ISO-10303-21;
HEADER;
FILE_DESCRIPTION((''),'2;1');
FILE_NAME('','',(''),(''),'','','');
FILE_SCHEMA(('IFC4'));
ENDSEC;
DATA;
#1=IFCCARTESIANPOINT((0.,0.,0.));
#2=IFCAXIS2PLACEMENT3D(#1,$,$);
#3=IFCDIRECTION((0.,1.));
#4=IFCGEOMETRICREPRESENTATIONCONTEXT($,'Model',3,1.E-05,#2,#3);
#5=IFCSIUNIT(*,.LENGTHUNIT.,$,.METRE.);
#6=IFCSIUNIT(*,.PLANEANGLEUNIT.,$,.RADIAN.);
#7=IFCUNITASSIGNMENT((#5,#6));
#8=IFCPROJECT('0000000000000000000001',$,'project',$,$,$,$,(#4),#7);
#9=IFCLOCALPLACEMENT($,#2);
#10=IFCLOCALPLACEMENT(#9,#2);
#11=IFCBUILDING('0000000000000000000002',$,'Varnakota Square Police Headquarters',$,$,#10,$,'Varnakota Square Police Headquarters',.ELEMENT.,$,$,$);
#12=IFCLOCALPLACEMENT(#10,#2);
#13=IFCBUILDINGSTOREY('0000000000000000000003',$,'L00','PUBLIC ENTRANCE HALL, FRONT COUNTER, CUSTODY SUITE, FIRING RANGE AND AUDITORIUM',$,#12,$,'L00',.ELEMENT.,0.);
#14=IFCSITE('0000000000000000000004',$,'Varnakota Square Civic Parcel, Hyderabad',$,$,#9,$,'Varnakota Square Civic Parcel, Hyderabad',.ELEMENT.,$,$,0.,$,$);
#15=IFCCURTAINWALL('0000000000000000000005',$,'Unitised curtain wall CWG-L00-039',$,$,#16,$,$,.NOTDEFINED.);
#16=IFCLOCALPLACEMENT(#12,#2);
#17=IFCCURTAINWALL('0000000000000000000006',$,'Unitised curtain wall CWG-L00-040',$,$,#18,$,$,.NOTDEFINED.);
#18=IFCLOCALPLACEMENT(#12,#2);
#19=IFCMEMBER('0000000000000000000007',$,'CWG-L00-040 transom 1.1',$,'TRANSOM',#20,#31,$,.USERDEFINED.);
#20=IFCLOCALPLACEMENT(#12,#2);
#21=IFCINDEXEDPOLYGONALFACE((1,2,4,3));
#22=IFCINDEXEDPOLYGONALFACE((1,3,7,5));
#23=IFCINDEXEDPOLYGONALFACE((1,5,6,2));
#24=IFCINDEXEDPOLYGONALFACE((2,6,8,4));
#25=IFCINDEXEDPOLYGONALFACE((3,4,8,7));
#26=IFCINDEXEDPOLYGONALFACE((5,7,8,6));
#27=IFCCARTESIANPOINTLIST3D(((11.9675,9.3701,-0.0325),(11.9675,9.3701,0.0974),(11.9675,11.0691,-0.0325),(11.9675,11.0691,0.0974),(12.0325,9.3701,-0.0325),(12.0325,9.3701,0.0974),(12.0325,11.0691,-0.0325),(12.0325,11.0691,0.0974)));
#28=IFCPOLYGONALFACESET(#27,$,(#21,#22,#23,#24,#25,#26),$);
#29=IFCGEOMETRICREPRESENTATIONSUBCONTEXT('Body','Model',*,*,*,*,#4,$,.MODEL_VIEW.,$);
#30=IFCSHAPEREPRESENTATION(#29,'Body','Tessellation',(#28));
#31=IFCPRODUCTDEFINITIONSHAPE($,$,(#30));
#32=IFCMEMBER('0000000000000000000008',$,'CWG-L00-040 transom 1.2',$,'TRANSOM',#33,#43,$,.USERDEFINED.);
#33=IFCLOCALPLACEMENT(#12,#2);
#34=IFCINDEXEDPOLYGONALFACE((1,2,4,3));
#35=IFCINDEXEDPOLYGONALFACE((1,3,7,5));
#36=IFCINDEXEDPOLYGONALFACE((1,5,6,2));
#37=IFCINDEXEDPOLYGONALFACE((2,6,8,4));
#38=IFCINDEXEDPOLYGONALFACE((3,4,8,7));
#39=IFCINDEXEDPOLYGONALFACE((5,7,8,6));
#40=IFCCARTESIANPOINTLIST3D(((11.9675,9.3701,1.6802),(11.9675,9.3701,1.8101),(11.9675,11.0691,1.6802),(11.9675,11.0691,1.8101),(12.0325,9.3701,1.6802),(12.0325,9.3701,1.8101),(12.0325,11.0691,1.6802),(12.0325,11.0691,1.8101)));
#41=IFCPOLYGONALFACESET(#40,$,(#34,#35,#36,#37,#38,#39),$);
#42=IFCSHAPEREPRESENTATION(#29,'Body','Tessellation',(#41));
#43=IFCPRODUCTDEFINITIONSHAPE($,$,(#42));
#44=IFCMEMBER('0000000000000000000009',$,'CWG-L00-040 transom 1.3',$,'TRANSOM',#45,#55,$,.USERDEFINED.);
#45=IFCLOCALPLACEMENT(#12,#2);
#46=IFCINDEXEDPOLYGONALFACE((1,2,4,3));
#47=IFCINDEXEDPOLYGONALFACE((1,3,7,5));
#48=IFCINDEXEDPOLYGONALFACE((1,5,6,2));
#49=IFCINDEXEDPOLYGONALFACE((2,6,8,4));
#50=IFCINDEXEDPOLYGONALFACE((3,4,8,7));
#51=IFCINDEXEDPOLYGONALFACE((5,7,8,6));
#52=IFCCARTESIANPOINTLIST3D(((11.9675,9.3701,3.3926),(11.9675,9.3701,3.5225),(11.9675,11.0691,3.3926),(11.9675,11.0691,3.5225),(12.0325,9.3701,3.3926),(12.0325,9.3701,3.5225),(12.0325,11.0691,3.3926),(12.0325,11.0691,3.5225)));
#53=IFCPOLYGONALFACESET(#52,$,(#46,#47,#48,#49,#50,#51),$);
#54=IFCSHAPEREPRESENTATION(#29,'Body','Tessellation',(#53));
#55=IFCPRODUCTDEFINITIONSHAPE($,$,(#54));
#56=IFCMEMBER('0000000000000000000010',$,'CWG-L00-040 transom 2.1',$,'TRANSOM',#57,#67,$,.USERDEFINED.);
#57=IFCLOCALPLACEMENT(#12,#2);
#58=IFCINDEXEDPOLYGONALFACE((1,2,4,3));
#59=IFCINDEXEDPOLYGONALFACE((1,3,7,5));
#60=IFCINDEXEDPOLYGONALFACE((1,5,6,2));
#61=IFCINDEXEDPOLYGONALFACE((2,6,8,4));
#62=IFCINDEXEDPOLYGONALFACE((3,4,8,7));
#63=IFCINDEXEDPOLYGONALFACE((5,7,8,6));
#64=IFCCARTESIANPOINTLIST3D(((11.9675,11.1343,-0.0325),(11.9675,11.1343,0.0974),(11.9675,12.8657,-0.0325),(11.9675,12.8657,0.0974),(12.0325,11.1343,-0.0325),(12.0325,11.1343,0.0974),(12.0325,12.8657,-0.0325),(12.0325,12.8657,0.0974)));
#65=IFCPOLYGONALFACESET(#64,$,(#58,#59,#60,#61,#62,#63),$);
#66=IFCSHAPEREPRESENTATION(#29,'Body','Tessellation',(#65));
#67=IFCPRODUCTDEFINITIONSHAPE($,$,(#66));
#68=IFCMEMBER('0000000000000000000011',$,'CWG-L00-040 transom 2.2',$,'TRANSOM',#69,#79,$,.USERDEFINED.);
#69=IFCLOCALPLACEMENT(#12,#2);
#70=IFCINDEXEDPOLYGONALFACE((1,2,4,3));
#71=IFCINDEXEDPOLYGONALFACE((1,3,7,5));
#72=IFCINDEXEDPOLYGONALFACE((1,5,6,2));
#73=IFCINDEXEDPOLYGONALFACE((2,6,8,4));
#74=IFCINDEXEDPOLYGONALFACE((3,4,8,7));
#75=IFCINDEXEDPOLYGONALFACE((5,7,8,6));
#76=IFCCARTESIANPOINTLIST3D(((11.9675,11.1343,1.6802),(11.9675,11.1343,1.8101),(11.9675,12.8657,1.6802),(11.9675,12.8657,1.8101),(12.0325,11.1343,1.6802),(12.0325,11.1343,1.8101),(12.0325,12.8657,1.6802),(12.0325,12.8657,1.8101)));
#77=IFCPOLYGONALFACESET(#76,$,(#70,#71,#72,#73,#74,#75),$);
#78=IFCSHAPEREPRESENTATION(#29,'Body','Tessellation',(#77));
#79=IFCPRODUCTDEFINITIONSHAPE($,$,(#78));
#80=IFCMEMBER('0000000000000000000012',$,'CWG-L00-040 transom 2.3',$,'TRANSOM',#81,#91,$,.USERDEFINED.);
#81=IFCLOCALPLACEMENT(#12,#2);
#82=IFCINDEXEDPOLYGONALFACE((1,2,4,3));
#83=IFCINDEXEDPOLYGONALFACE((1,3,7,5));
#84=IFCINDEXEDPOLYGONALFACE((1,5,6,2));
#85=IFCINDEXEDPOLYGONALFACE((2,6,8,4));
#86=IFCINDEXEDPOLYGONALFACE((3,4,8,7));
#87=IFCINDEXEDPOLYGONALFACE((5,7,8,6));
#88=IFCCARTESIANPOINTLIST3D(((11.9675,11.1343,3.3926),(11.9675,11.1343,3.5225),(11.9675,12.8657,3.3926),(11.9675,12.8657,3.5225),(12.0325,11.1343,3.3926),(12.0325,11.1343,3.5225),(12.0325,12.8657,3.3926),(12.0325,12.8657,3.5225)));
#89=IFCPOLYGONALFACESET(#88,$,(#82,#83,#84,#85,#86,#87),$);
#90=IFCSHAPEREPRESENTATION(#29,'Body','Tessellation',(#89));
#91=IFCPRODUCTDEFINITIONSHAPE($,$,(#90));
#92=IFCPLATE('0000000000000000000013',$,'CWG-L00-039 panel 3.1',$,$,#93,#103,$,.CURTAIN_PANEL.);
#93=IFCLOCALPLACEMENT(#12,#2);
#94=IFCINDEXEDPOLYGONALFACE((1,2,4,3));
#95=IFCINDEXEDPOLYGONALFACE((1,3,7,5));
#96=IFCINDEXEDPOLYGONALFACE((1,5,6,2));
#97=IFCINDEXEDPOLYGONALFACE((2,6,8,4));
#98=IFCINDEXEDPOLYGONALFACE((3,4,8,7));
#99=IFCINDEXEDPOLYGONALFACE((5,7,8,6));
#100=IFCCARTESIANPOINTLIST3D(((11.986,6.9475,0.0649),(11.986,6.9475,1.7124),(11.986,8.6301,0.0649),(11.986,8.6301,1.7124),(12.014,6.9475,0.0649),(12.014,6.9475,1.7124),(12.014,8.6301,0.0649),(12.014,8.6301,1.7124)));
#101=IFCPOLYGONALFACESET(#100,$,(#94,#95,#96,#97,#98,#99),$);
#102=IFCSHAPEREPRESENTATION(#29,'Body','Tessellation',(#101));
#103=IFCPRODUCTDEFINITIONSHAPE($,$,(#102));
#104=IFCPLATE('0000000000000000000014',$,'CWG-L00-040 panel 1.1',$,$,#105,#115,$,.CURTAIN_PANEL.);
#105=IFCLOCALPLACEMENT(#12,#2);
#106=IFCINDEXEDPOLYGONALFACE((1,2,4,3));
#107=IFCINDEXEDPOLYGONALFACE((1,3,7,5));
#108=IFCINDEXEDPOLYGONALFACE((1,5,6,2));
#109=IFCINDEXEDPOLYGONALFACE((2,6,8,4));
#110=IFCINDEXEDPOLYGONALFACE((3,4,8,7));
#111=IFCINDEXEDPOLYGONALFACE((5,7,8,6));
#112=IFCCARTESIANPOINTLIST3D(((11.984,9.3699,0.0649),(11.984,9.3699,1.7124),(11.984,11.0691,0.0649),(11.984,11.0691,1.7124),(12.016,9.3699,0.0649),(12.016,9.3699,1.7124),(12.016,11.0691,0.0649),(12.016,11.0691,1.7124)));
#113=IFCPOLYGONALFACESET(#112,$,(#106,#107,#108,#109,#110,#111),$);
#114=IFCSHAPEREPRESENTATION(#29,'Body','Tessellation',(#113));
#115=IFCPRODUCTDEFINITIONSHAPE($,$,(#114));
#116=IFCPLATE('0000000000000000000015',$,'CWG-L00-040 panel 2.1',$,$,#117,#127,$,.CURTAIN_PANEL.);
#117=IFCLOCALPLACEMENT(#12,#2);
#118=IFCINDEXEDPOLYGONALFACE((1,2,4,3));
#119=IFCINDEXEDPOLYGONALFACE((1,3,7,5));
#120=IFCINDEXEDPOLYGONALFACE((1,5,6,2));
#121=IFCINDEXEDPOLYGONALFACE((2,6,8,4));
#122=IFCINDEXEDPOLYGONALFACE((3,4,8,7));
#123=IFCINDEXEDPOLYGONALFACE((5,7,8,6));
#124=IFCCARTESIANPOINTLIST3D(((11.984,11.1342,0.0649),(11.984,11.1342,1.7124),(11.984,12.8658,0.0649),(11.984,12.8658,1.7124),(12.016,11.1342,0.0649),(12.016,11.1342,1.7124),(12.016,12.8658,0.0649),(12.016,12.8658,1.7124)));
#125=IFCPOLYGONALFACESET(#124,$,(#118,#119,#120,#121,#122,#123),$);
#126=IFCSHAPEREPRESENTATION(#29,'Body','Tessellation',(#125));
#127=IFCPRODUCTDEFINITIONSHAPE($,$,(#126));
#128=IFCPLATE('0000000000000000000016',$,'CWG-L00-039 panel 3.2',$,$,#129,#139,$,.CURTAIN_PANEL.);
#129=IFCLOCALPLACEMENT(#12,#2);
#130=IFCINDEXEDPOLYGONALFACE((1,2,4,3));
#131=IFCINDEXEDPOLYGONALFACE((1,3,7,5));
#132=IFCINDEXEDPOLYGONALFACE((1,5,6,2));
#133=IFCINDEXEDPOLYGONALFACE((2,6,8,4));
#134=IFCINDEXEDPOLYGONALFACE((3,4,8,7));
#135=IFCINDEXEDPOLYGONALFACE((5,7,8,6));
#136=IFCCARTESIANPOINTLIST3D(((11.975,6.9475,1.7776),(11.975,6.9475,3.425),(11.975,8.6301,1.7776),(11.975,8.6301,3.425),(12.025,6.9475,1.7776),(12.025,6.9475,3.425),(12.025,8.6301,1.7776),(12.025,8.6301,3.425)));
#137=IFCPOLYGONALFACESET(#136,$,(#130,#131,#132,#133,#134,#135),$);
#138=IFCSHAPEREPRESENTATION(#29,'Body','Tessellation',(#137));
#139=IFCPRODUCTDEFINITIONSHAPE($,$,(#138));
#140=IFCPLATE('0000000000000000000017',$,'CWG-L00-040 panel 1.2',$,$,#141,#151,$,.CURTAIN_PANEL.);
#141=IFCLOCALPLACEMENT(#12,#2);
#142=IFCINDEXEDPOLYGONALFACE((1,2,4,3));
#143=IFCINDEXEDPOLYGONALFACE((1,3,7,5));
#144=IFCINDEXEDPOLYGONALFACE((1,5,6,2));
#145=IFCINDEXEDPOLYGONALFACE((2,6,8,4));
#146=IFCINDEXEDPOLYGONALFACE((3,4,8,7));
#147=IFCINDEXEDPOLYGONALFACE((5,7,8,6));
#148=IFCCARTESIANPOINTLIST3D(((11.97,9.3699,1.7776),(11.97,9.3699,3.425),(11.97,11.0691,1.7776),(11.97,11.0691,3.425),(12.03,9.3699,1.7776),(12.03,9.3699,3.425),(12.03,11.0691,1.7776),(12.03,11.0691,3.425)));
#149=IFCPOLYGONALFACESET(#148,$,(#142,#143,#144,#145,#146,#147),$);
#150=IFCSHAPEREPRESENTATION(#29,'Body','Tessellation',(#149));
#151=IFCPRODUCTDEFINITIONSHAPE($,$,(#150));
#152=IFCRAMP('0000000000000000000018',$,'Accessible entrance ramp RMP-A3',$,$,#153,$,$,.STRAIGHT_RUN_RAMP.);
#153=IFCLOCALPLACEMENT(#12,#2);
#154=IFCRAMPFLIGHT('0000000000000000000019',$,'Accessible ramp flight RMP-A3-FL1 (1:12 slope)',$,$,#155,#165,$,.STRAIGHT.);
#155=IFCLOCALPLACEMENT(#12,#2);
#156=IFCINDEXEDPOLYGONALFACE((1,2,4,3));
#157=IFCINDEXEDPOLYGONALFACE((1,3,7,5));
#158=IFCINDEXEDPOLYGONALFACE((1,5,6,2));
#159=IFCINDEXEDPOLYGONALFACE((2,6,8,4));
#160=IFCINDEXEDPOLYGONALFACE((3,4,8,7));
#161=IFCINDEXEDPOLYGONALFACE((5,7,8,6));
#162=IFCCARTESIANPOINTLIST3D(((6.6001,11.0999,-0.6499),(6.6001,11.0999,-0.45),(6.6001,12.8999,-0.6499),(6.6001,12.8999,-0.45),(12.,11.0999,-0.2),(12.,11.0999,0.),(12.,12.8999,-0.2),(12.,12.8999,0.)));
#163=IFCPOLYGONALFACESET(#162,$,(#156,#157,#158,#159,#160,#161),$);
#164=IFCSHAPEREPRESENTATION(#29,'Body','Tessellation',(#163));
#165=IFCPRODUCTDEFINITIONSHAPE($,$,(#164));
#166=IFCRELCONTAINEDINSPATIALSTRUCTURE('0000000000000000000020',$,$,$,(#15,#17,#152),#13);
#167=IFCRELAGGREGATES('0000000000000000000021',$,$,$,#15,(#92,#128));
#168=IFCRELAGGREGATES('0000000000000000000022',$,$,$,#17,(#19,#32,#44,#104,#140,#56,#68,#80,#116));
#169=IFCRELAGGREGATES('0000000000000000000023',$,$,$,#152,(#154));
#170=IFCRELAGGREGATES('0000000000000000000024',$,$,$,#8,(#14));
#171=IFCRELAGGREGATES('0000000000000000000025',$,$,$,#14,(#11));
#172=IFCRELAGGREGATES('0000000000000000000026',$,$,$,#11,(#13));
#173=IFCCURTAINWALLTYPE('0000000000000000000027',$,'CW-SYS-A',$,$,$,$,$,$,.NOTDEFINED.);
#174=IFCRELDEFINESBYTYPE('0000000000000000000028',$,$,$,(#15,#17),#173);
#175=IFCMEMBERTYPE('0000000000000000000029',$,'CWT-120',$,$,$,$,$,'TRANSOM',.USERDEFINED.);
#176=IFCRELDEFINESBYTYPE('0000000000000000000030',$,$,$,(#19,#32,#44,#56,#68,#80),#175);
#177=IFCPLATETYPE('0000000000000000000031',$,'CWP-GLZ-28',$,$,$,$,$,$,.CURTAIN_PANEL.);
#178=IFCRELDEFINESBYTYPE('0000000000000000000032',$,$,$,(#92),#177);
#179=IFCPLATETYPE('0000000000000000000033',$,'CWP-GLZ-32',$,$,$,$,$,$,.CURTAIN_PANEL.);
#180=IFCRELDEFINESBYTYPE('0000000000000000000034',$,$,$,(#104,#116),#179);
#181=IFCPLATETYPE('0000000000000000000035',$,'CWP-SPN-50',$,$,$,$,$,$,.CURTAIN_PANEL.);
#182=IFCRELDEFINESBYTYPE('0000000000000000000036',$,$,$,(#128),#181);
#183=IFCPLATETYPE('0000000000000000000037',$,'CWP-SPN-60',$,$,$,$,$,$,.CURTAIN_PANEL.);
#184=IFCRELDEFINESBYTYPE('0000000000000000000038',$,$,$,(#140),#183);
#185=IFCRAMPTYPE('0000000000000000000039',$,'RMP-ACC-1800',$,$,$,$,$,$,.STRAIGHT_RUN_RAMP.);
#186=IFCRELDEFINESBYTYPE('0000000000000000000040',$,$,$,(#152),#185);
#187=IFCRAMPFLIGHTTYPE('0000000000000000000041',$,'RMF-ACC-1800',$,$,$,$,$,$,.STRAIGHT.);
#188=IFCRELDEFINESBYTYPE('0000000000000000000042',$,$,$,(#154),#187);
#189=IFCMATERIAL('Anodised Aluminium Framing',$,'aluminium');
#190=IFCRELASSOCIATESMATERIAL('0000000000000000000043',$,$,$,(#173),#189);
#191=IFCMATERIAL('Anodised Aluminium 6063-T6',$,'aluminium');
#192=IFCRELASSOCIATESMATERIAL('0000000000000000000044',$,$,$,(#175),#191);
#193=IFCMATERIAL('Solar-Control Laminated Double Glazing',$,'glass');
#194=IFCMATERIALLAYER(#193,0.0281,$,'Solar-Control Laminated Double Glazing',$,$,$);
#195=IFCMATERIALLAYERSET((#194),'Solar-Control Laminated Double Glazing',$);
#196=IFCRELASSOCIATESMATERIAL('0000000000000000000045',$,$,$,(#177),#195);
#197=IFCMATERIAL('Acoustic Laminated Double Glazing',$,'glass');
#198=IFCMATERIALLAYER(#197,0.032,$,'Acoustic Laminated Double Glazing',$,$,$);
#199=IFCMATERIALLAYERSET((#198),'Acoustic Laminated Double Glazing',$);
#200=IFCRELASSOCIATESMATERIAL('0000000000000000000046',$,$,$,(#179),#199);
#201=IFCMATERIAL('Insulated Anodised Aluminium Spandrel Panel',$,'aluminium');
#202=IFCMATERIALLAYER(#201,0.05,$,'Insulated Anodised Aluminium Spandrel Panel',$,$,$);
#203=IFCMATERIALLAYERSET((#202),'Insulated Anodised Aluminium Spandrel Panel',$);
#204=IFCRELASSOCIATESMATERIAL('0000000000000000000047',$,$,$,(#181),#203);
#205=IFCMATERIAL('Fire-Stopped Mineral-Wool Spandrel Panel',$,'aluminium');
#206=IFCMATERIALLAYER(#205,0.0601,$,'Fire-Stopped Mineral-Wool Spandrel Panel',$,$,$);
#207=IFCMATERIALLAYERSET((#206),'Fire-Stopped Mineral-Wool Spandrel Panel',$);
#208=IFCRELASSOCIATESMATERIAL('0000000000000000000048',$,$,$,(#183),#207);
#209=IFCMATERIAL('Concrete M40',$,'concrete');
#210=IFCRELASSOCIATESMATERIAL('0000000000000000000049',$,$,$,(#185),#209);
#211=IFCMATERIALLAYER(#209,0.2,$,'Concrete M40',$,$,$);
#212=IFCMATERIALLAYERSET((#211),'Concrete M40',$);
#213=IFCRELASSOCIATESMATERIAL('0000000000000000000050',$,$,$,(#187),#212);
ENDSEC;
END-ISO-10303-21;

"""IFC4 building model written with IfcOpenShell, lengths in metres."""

from ifc_helpers import new_model, si_unit, direction, frame, origin, origin_2d, place, context, subcontext, project, spatial, polyline, rectangle, outline, extrude, material, layer, layer_set, material_profile, profile_set, type_object, element, aggregate, save


model = new_model("IFC4")

# Units and contexts
model_context = context("Model", 3, precision=1e-05, world=origin(), true_north=direction((0.0, 1.0)))
body_context = subcontext(model_context, "Body", "Model", "MODEL_VIEW")
ifc_project = project(units=[si_unit("LENGTHUNIT", "METRE"), si_unit("PLANEANGLEUNIT", "RADIAN")], contexts=[model_context])

# Site, building, storey
site_placement = place(None, origin())
site = spatial("IfcSite", under=ifc_project, at=site_placement, Name="Varnakota Square Civic Parcel, Hyderabad", LongName="Varnakota Square Civic Parcel, Hyderabad", CompositionType="ELEMENT", RefElevation=0.0)
building_placement = place(site_placement, origin())
building = spatial("IfcBuilding", under=site, at=building_placement, Name="Varnakota Square Police Headquarters", LongName="Varnakota Square Police Headquarters", CompositionType="ELEMENT")
storey_placement = place(building_placement, origin())
storey = spatial("IfcBuildingStorey", under=building, at=storey_placement, Name="L00", Description="PUBLIC ENTRANCE HALL, FRONT COUNTER, CUSTODY SUITE, FIRING RANGE AND AUDITORIUM", LongName="L00", CompositionType="ELEMENT", Elevation=0.0)

# Shared definitions
ifc_material_1 = material(Name="Concrete M40", Category="concrete")

# Curtain wall
ifc_material_2 = material(Name="Anodised Aluminium Framing", Category="aluminium")
curtain_wall_type = type_object("IfcCurtainWallType", Name="CW-SYS-A", PredefinedType="NOTDEFINED", material=ifc_material_2)
curtain_wall_1_placement = place(storey_placement, origin())
curtain_wall_1 = element("IfcCurtainWall", 1, at=curtain_wall_1_placement, inside=storey, type_object=curtain_wall_type, Name="Unitised curtain wall CWG-L00-039", PredefinedType="NOTDEFINED")
ifc_material_3 = material(Name="Anodised Aluminium 6063-T6", Category="aluminium")

# Curtain wall, members
curtain_wall_2_placement = place(storey_placement, origin())
curtain_wall_2 = element("IfcCurtainWall", 2, at=curtain_wall_2_placement, inside=storey, type_object=curtain_wall_type, Name="Unitised curtain wall CWG-L00-040", PredefinedType="NOTDEFINED")
ifc_material_profile_1 = material_profile(ifc_material_3, rectangle(XDim=0.0649, YDim=0.1299, at=origin_2d()), Name="ALU TRANSOM 65x130")
ifc_profile_set_1 = profile_set([ifc_material_profile_1], Name="Anodised Aluminium 6063-T6")
member_type_1 = type_object("IfcMemberType", Name="CWT-120", ElementType="TRANSOM", PredefinedType="USERDEFINED", material=ifc_profile_set_1)
member_1_placement = place(storey_placement, frame((12.0, 9.3701, 0.0325), z_axis=(0.0, 1.0, 0.0), x_axis=(-1.0, 0.0, 0.0)))
member_1 = element("IfcMember", 3, at=member_1_placement, type_object=member_type_1, Name="CWG-L00-040 transom 1.1", ObjectType="TRANSOM", PredefinedType="USERDEFINED", context=body_context, shape_type="SweptSolid", body=[
    extrude(rectangle(XDim=0.0649, YDim=0.1299, at=origin_2d()), origin(), (0.0, 0.0, 1.0), 1.699),
])
member_2_placement = place(storey_placement, frame((12.0, 9.3701, 1.7451), z_axis=(0.0, 1.0, 0.0), x_axis=(-1.0, 0.0, 0.0)))
member_2 = element("IfcMember", 4, at=member_2_placement, type_object=member_type_1, Name="CWG-L00-040 transom 1.2", ObjectType="TRANSOM", PredefinedType="USERDEFINED", context=body_context, shape_type="SweptSolid", body=[
    extrude(rectangle(XDim=0.0649, YDim=0.1299, at=origin_2d()), origin(), (0.0, 0.0, 1.0), 1.699),
])
member_3_placement = place(storey_placement, frame((12.0, 9.3701, 3.4575), z_axis=(0.0, 1.0, 0.0), x_axis=(-1.0, 0.0, 0.0)))
member_3 = element("IfcMember", 5, at=member_3_placement, type_object=member_type_1, Name="CWG-L00-040 transom 1.3", ObjectType="TRANSOM", PredefinedType="USERDEFINED", context=body_context, shape_type="SweptSolid", body=[
    extrude(rectangle(XDim=0.0649, YDim=0.1299, at=origin_2d()), origin(), (0.0, 0.0, 1.0), 1.699),
])
member_4_placement = place(storey_placement, frame((12.0, 11.1343, 0.0325), z_axis=(0.0, 1.0, 0.0), x_axis=(-1.0, 0.0, 0.0)))
member_4 = element("IfcMember", 6, at=member_4_placement, type_object=member_type_1, Name="CWG-L00-040 transom 2.1", ObjectType="TRANSOM", PredefinedType="USERDEFINED", context=body_context, shape_type="SweptSolid", body=[
    extrude(rectangle(XDim=0.0649, YDim=0.1299, at=origin_2d()), origin(), (0.0, 0.0, 1.0), 1.7314),
])
member_5_placement = place(storey_placement, frame((12.0, 11.1343, 1.7451), z_axis=(0.0, 1.0, 0.0), x_axis=(-1.0, 0.0, 0.0)))
member_5 = element("IfcMember", 7, at=member_5_placement, type_object=member_type_1, Name="CWG-L00-040 transom 2.2", ObjectType="TRANSOM", PredefinedType="USERDEFINED", context=body_context, shape_type="SweptSolid", body=[
    extrude(rectangle(XDim=0.0649, YDim=0.1299, at=origin_2d()), origin(), (0.0, 0.0, 1.0), 1.7314),
])
member_6_placement = place(storey_placement, frame((12.0, 11.1343, 3.4575), z_axis=(0.0, 1.0, 0.0), x_axis=(-1.0, 0.0, 0.0)))
member_6 = element("IfcMember", 8, at=member_6_placement, type_object=member_type_1, Name="CWG-L00-040 transom 2.3", ObjectType="TRANSOM", PredefinedType="USERDEFINED", context=body_context, shape_type="SweptSolid", body=[
    extrude(rectangle(XDim=0.0649, YDim=0.1299, at=origin_2d()), origin(), (0.0, 0.0, 1.0), 1.7314),
])

# Plates
ifc_material_4 = material(Name="Solar-Control Laminated Double Glazing", Category="glass")
ifc_layer_1 = layer(ifc_material_4, 0.0281, Name="Solar-Control Laminated Double Glazing")
ifc_layer_set_1 = layer_set([ifc_layer_1], Name="Solar-Control Laminated Double Glazing")
plate_type_1 = type_object("IfcPlateType", Name="CWP-GLZ-28", PredefinedType="CURTAIN_PANEL", material=ifc_layer_set_1)
plate_1_placement = place(storey_placement, frame((12.0, 7.7888, 0.0649), z_axis=(0.0, 0.0, 1.0), x_axis=(0.0, 1.0, 0.0)))
plate_1 = element("IfcPlate", 9, at=plate_1_placement, type_object=plate_type_1, Name="CWG-L00-039 panel 3.1", PredefinedType="CURTAIN_PANEL", context=body_context, shape_type="SweptSolid", body=[
    extrude(rectangle(XDim=1.6826, YDim=0.0281, at=origin_2d()), origin(), (0.0, 0.0, 1.0), 1.6475),
])
ifc_material_5 = material(Name="Acoustic Laminated Double Glazing", Category="glass")
ifc_layer_2 = layer(ifc_material_5, 0.032, Name="Acoustic Laminated Double Glazing")
ifc_layer_set_2 = layer_set([ifc_layer_2], Name="Acoustic Laminated Double Glazing")
plate_type_2 = type_object("IfcPlateType", Name="CWP-GLZ-32", PredefinedType="CURTAIN_PANEL", material=ifc_layer_set_2)
plate_2_placement = place(storey_placement, frame((12.0, 10.2195, 0.0649), z_axis=(0.0, 0.0, 1.0), x_axis=(0.0, 1.0, 0.0)))
plate_2 = element("IfcPlate", 10, at=plate_2_placement, type_object=plate_type_2, Name="CWG-L00-040 panel 1.1", PredefinedType="CURTAIN_PANEL", context=body_context, shape_type="SweptSolid", body=[
    extrude(rectangle(XDim=1.6992, YDim=0.032, at=origin_2d()), origin(), (0.0, 0.0, 1.0), 1.6475),
])
plate_3_placement = place(storey_placement, frame((12.0, 12.0, 0.0649), z_axis=(0.0, 0.0, 1.0), x_axis=(0.0, 1.0, 0.0)))
plate_3 = element("IfcPlate", 11, at=plate_3_placement, type_object=plate_type_2, Name="CWG-L00-040 panel 2.1", PredefinedType="CURTAIN_PANEL", context=body_context, shape_type="SweptSolid", body=[
    extrude(rectangle(XDim=1.7317, YDim=0.032, at=origin_2d()), origin(), (0.0, 0.0, 1.0), 1.6475),
])
ifc_material_6 = material(Name="Insulated Anodised Aluminium Spandrel Panel", Category="aluminium")
ifc_layer_3 = layer(ifc_material_6, 0.05, Name="Insulated Anodised Aluminium Spandrel Panel")
ifc_layer_set_3 = layer_set([ifc_layer_3], Name="Insulated Anodised Aluminium Spandrel Panel")
plate_type_3 = type_object("IfcPlateType", Name="CWP-SPN-50", PredefinedType="CURTAIN_PANEL", material=ifc_layer_set_3)
plate_4_placement = place(storey_placement, frame((12.0, 7.7888, 1.7776), z_axis=(0.0, 0.0, 1.0), x_axis=(0.0, 1.0, 0.0)))
plate_4 = element("IfcPlate", 12, at=plate_4_placement, type_object=plate_type_3, Name="CWG-L00-039 panel 3.2", PredefinedType="CURTAIN_PANEL", context=body_context, shape_type="SweptSolid", body=[
    extrude(rectangle(XDim=1.6826, YDim=0.05, at=origin_2d()), origin(), (0.0, 0.0, 1.0), 1.6475),
])
aggregate(curtain_wall_1, [plate_1, plate_4])
ifc_material_7 = material(Name="Fire-Stopped Mineral-Wool Spandrel Panel", Category="aluminium")
ifc_layer_4 = layer(ifc_material_7, 0.0601, Name="Fire-Stopped Mineral-Wool Spandrel Panel")
ifc_layer_set_4 = layer_set([ifc_layer_4], Name="Fire-Stopped Mineral-Wool Spandrel Panel")
plate_type_4 = type_object("IfcPlateType", Name="CWP-SPN-60", PredefinedType="CURTAIN_PANEL", material=ifc_layer_set_4)
plate_5_placement = place(storey_placement, frame((12.0, 10.2195, 1.7776), z_axis=(0.0, 0.0, 1.0), x_axis=(0.0, 1.0, 0.0)))
plate_5 = element("IfcPlate", 13, at=plate_5_placement, type_object=plate_type_4, Name="CWG-L00-040 panel 1.2", PredefinedType="CURTAIN_PANEL", context=body_context, shape_type="SweptSolid", body=[
    extrude(rectangle(XDim=1.6992, YDim=0.0601, at=origin_2d()), origin(), (0.0, 0.0, 1.0), 1.6475),
])
aggregate(curtain_wall_2, [member_1, member_2, member_3, plate_2, plate_5, member_4, member_5, member_6, plate_3])

# Ramp, ramp flight
ramp_type = type_object("IfcRampType", Name="RMP-ACC-1800", PredefinedType="STRAIGHT_RUN_RAMP", material=ifc_material_1)
ramp_placement = place(storey_placement, origin())
ramp = element("IfcRamp", 14, at=ramp_placement, inside=storey, type_object=ramp_type, Name="Accessible entrance ramp RMP-A3", PredefinedType="STRAIGHT_RUN_RAMP")
ifc_layer_5 = layer(ifc_material_1, 0.2, Name="Concrete M40")
ifc_layer_set_5 = layer_set([ifc_layer_5], Name="Concrete M40")
ramp_flight_type = type_object("IfcRampFlightType", Name="RMF-ACC-1800", PredefinedType="STRAIGHT", material=ifc_layer_set_5)
ramp_flight_placement = place(storey_placement, frame((6.6001, 12.0, -0.45), z_axis=(0.0, 0.0, 1.0), x_axis=(1.0, 0.0, 0.0)))
ramp_flight = element("IfcRampFlight", 15, at=ramp_flight_placement, type_object=ramp_flight_type, Name="Accessible ramp flight RMP-A3-FL1 (1:12 slope)", PredefinedType="STRAIGHT", context=body_context, shape_type="SweptSolid", body=[
    extrude(outline(polyline([(0.0, 0.0), (5.3999, 0.45), (5.3999, 0.25), (0.0, -0.2), (0.0, 0.0)])), frame((0.0, 0.8999, 0.0), z_axis=(0.0, -1.0, 0.0), x_axis=(1.0, 0.0, 0.0)), (0.0, 0.0, 1.0), 1.8),
])
aggregate(ramp, [ramp_flight])

save(model, "model.ifc")
